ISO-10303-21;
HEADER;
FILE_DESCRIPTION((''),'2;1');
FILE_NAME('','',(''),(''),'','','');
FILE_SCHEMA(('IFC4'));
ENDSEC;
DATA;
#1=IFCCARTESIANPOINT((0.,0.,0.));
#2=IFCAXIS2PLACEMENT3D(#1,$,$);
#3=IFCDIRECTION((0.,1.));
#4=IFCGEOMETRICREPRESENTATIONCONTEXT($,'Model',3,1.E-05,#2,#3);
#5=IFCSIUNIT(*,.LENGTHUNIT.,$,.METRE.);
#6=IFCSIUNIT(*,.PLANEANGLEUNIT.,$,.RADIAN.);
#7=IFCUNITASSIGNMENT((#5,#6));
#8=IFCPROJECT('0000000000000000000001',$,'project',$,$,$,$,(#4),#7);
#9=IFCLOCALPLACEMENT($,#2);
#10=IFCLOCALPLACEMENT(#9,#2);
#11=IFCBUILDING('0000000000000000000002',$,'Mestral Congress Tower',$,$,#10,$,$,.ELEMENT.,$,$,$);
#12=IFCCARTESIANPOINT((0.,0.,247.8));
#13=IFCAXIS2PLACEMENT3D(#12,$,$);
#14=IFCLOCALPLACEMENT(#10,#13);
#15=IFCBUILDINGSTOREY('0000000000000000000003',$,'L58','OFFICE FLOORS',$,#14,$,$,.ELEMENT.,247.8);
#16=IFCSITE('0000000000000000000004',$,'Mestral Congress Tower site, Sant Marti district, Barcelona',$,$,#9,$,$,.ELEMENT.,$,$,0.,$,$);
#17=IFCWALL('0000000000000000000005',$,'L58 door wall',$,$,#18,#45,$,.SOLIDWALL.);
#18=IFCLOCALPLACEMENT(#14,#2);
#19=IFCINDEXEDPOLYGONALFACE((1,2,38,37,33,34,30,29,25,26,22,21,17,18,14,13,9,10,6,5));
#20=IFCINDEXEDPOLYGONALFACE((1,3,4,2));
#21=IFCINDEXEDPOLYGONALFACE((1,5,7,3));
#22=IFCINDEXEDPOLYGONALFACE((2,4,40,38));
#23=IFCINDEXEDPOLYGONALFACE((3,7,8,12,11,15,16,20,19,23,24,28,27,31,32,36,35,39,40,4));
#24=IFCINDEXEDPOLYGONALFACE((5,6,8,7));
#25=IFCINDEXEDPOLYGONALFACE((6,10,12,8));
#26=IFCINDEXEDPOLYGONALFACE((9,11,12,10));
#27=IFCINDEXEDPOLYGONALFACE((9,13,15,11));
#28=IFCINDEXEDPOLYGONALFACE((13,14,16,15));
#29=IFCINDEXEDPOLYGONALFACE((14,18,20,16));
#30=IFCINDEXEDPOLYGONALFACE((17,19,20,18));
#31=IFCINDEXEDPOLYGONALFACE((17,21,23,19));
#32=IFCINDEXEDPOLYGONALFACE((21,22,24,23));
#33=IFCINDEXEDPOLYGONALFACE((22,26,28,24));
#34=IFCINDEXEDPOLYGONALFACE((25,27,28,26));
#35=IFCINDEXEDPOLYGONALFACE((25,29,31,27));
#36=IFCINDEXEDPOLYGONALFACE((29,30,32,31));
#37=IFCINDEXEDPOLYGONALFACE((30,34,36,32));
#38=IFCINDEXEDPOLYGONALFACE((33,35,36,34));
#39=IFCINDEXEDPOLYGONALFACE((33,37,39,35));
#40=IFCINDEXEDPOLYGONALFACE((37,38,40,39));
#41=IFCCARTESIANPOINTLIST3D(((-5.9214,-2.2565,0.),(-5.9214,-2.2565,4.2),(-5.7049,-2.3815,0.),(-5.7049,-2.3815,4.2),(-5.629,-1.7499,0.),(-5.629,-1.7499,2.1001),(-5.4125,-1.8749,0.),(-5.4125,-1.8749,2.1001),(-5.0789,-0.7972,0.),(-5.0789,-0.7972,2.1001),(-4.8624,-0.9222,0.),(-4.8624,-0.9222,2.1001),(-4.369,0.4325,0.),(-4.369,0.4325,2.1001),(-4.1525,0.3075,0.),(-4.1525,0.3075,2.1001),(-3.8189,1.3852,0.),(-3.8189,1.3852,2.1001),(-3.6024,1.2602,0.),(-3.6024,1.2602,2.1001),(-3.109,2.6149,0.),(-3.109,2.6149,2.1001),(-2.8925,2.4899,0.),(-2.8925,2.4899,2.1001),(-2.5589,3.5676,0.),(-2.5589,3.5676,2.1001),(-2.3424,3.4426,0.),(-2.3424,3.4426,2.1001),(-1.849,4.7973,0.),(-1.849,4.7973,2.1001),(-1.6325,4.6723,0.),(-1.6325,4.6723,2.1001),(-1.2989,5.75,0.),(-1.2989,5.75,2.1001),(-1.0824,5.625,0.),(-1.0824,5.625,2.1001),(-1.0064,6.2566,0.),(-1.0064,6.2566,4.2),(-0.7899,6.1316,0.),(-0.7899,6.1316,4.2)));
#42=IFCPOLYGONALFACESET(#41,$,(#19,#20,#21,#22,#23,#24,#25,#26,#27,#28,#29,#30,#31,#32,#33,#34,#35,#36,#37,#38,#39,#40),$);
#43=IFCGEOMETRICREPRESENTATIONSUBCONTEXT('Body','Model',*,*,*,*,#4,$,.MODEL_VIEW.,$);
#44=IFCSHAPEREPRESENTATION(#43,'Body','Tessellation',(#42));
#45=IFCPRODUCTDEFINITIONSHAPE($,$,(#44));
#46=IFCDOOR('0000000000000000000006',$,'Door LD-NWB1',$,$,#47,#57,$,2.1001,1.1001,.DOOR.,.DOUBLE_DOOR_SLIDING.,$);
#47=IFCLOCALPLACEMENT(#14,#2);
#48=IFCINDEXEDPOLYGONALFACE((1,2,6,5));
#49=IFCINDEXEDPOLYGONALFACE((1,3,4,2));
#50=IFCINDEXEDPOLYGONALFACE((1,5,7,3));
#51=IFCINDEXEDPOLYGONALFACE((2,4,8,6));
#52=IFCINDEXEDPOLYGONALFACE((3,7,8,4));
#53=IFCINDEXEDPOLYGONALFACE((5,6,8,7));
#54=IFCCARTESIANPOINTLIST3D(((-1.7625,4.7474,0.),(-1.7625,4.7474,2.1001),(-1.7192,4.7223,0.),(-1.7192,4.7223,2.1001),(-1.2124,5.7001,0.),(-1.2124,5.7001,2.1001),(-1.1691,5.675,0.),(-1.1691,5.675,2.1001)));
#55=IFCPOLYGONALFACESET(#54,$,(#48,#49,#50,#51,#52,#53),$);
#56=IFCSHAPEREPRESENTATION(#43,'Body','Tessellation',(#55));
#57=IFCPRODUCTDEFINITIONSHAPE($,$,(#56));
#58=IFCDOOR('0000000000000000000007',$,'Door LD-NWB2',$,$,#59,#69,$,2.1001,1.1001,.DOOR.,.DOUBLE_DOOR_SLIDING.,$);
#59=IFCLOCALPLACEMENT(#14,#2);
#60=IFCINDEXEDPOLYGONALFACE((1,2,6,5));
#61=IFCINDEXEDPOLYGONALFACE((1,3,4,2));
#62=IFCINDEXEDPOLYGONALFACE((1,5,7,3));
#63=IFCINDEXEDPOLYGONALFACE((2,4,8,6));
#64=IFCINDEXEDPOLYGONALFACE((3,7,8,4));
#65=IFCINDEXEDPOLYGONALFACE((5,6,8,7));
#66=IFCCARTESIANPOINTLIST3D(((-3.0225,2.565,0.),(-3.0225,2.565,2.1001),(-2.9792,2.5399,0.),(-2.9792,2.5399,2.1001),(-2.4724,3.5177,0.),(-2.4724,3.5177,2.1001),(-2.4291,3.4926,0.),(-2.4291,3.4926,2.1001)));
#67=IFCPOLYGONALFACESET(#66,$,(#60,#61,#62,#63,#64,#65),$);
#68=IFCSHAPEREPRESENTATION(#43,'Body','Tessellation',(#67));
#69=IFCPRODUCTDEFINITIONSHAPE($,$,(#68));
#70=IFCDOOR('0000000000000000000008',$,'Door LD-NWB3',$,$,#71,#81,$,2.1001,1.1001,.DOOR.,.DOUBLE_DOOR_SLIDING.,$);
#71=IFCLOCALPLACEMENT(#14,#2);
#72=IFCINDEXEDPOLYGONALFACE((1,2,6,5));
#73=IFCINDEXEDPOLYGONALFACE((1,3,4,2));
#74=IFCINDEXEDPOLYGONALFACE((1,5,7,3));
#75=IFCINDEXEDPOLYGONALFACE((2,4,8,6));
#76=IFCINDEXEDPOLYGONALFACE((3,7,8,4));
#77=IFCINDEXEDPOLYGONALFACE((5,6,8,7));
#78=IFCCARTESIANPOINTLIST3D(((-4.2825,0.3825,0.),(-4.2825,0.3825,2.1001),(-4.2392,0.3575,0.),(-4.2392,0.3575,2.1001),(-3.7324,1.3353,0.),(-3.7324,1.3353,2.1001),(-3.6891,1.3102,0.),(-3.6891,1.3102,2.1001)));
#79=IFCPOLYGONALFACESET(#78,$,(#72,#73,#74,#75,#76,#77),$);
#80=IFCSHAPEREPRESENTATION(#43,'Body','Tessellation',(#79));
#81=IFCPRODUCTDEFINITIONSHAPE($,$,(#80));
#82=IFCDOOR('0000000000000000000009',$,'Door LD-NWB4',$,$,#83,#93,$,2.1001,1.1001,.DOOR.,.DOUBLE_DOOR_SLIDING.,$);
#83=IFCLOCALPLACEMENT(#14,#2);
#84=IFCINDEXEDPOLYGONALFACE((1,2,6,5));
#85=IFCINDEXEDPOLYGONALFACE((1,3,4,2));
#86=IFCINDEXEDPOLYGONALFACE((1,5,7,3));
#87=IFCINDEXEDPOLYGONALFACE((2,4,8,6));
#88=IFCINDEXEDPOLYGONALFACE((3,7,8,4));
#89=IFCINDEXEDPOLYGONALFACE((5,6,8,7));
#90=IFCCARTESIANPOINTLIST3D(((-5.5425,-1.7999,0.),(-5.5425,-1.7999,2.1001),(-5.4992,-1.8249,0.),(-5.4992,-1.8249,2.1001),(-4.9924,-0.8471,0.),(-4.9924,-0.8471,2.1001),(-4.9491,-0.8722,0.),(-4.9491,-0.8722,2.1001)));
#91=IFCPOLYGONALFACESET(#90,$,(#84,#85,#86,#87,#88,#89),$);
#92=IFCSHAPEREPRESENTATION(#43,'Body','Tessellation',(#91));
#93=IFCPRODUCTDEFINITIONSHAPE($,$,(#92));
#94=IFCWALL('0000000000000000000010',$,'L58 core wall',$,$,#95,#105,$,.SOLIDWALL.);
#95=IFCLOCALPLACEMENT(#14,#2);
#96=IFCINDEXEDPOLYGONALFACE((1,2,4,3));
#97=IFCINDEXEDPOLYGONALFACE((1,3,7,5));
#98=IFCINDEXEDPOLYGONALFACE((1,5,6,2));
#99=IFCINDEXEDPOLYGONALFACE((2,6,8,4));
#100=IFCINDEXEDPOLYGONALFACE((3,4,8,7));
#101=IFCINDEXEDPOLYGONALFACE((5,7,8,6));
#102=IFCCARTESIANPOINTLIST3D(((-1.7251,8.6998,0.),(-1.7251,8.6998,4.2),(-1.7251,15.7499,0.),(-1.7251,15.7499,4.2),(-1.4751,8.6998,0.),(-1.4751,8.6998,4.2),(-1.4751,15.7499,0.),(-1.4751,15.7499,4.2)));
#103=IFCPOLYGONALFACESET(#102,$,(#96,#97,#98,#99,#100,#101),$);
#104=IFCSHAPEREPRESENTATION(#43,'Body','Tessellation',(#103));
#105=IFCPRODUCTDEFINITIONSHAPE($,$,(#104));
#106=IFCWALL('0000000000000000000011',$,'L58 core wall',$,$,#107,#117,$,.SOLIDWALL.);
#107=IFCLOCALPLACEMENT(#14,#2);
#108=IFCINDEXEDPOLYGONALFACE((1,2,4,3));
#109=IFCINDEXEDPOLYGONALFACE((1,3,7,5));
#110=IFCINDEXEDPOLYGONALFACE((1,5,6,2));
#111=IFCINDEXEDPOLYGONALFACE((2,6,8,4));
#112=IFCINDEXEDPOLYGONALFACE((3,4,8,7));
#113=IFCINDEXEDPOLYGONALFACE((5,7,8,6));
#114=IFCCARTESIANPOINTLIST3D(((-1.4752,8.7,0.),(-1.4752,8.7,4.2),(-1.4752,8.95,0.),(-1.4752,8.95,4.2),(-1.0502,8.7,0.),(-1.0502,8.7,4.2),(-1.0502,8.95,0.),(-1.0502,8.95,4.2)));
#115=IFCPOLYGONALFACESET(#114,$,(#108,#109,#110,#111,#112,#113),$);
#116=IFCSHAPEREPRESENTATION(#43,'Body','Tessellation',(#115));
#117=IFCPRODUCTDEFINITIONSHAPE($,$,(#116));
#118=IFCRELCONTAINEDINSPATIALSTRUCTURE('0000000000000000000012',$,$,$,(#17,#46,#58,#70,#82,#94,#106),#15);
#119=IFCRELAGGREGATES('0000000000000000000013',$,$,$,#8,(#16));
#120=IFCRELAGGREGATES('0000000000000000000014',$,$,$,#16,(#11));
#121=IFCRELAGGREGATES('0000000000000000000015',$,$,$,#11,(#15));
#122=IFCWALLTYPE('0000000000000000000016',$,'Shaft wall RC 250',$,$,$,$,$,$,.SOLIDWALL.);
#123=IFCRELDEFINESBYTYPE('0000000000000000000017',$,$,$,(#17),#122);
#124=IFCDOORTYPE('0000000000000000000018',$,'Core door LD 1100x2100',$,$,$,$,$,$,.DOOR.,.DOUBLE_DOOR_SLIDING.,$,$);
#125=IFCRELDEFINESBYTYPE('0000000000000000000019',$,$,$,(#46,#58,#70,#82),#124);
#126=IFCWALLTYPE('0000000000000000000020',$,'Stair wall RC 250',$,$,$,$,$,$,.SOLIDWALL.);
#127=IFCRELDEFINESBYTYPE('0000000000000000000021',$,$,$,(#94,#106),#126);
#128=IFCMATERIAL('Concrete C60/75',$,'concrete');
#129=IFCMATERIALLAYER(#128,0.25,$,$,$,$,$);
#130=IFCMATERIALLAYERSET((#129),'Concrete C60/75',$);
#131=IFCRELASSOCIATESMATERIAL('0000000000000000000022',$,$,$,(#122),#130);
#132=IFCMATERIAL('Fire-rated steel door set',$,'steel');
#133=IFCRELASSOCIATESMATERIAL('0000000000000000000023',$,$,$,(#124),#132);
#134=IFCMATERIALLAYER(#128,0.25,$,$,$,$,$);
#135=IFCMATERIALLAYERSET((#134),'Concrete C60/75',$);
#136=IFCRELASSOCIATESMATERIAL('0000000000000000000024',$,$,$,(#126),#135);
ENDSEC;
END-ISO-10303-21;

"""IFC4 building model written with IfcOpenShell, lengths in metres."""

from ifc_helpers import new_model, si_unit, direction, frame, frame_2d, origin, place, context, subcontext, project, spatial, rectangle, extrude, material, layer, layer_set, type_object, element, fill, save


model = new_model("IFC4")

# Units and contexts
model_context = context("Model", 3, precision=1e-05, world=origin(), true_north=direction((0.0, 1.0)))
body_context = subcontext(model_context, "Body", "Model", "MODEL_VIEW")
ifc_project = project(units=[si_unit("LENGTHUNIT", "METRE"), si_unit("PLANEANGLEUNIT", "RADIAN")], contexts=[model_context])

# Site, building, storey
site_placement = place(None, origin())
site = spatial("IfcSite", under=ifc_project, at=site_placement, Name="Mestral Congress Tower site, Sant Marti district, Barcelona", CompositionType="ELEMENT", RefElevation=0.0)
building_placement = place(site_placement, origin())
building = spatial("IfcBuilding", under=site, at=building_placement, Name="Mestral Congress Tower", CompositionType="ELEMENT")
storey_placement = place(building_placement, frame((0.0, 0.0, 247.8)))
storey = spatial("IfcBuildingStorey", under=building, at=storey_placement, Name="L58", Description="OFFICE FLOORS", CompositionType="ELEMENT", Elevation=247.8)

# Shared definitions
ifc_material_1 = material(Name="Concrete C60/75", Category="concrete")

# Shared definitions
ifc_material_2 = material(Name="Fire-rated steel door set", Category="steel")

# Shared definitions
ifc_layer_1 = layer(ifc_material_1, 0.25)
ifc_layer_set_1 = layer_set([ifc_layer_1], Name="Concrete C60/75")
wall_type_1 = type_object("IfcWallType", Name="Shaft wall RC 250", PredefinedType="SOLIDWALL", material=ifc_layer_set_1)

# Wall, openings, doors
wall_1_placement = place(storey_placement, frame((-0.8982, 6.1941, 0.0), z_axis=(0.0, 0.0, 1.0), x_axis=(-0.499996, -0.866028, 0.0)))
wall_1 = element("IfcWall", 1, at=wall_1_placement, inside=storey, type_object=wall_type_1, Name="L58 door wall", PredefinedType="SOLIDWALL", context=body_context, shape_type="SweptSolid", body=[
    extrude(rectangle(XDim=9.8301, YDim=0.25, at=frame_2d((4.915, 0.0))), origin(), (0.0, 0.0, 1.0), 4.2),
])
opening_1_placement = place(wall_1_placement, frame((0.585, 0.0, 0.0)))
opening_1 = element("IfcOpeningElement", 2, at=opening_1_placement, cuts=wall_1, PredefinedType="OPENING", context=body_context, shape_type="SweptSolid", body=[
    extrude(rectangle(XDim=1.1001, YDim=2.1001, at=frame_2d((0.55, 1.05))), frame((0.0, 0.135, 0.0), z_axis=(0.0, -1.0, 0.0), x_axis=(1.0, 0.0, 0.0)), (0.0, 0.0, 1.0), 0.27),
])
opening_2_placement = place(wall_1_placement, frame((3.105, 0.0, 0.0)))
opening_2 = element("IfcOpeningElement", 3, at=opening_2_placement, cuts=wall_1, PredefinedType="OPENING", context=body_context, shape_type="SweptSolid", body=[
    extrude(rectangle(XDim=1.1001, YDim=2.1001, at=frame_2d((0.55, 1.05))), frame((0.0, 0.135, 0.0), z_axis=(0.0, -1.0, 0.0), x_axis=(1.0, 0.0, 0.0)), (0.0, 0.0, 1.0), 0.27),
])
opening_3_placement = place(wall_1_placement, frame((5.625, 0.0, 0.0)))
opening_3 = element("IfcOpeningElement", 4, at=opening_3_placement, cuts=wall_1, PredefinedType="OPENING", context=body_context, shape_type="SweptSolid", body=[
    extrude(rectangle(XDim=1.1001, YDim=2.1001, at=frame_2d((0.55, 1.05))), frame((0.0, 0.135, 0.0), z_axis=(0.0, -1.0, 0.0), x_axis=(1.0, 0.0, 0.0)), (0.0, 0.0, 1.0), 0.27),
])
opening_4_placement = place(wall_1_placement, frame((8.145, 0.0, 0.0)))
opening_4 = element("IfcOpeningElement", 5, at=opening_4_placement, cuts=wall_1, PredefinedType="OPENING", context=body_context, shape_type="SweptSolid", body=[
    extrude(rectangle(XDim=1.1001, YDim=2.1001, at=frame_2d((0.55, 1.05))), frame((0.0, 0.135, 0.0), z_axis=(0.0, -1.0, 0.0), x_axis=(1.0, 0.0, 0.0)), (0.0, 0.0, 1.0), 0.27),
])
door_type_1 = type_object("IfcDoorType", Name="Core door LD 1100x2100", OperationType="DOUBLE_DOOR_SLIDING", PredefinedType="DOOR", material=ifc_material_2)
door_1_placement = place(opening_1_placement, origin())
door_1 = element("IfcDoor", 6, at=door_1_placement, inside=storey, type_object=door_type_1, Name="Door LD-NWB1", OperationType="DOUBLE_DOOR_SLIDING", OverallHeight=2.1001, OverallWidth=1.1001, PredefinedType="DOOR", context=body_context, shape_type="SweptSolid", body=[
    extrude(rectangle(XDim=1.1001, YDim=2.1001, at=frame_2d((0.55, 1.05))), frame((0.0, 0.0249, 0.0), z_axis=(0.0, -1.0, 0.0), x_axis=(1.0, 0.0, 0.0)), (0.0, 0.0, 1.0), 0.05),
])
fill(opening_1, door_1)
door_2_placement = place(opening_2_placement, origin())
door_2 = element("IfcDoor", 7, at=door_2_placement, inside=storey, type_object=door_type_1, Name="Door LD-NWB2", OperationType="DOUBLE_DOOR_SLIDING", OverallHeight=2.1001, OverallWidth=1.1001, PredefinedType="DOOR", context=body_context, shape_type="SweptSolid", body=[
    extrude(rectangle(XDim=1.1001, YDim=2.1001, at=frame_2d((0.55, 1.05))), frame((0.0, 0.0249, 0.0), z_axis=(0.0, -1.0, 0.0), x_axis=(1.0, 0.0, 0.0)), (0.0, 0.0, 1.0), 0.05),
])
fill(opening_2, door_2)
door_3_placement = place(opening_3_placement, origin())
door_3 = element("IfcDoor", 8, at=door_3_placement, inside=storey, type_object=door_type_1, Name="Door LD-NWB3", OperationType="DOUBLE_DOOR_SLIDING", OverallHeight=2.1001, OverallWidth=1.1001, PredefinedType="DOOR", context=body_context, shape_type="SweptSolid", body=[
    extrude(rectangle(XDim=1.1001, YDim=2.1001, at=frame_2d((0.55, 1.05))), frame((0.0, 0.0249, 0.0), z_axis=(0.0, -1.0, 0.0), x_axis=(1.0, 0.0, 0.0)), (0.0, 0.0, 1.0), 0.05),
])
fill(opening_3, door_3)
door_4_placement = place(opening_4_placement, origin())
door_4 = element("IfcDoor", 9, at=door_4_placement, inside=storey, type_object=door_type_1, Name="Door LD-NWB4", OperationType="DOUBLE_DOOR_SLIDING", OverallHeight=2.1001, OverallWidth=1.1001, PredefinedType="DOOR", context=body_context, shape_type="SweptSolid", body=[
    extrude(rectangle(XDim=1.1001, YDim=2.1001, at=frame_2d((0.55, 1.05))), frame((0.0, 0.0249, 0.0), z_axis=(0.0, -1.0, 0.0), x_axis=(1.0, 0.0, 0.0)), (0.0, 0.0, 1.0), 0.05),
])
fill(opening_4, door_4)

# Walls
ifc_layer_2 = layer(ifc_material_1, 0.25)
ifc_layer_set_2 = layer_set([ifc_layer_2], Name="Concrete C60/75")
wall_type_2 = type_object("IfcWallType", Name="Stair wall RC 250", PredefinedType="SOLIDWALL", material=ifc_layer_set_2)
wall_2_placement = place(storey_placement, frame((-1.6001, 8.7, 0.0), z_axis=(0.0, 0.0, 1.0), x_axis=(0.0, 1.0, 0.0)))
element("IfcWall", 10, at=wall_2_placement, inside=storey, type_object=wall_type_2, Name="L58 core wall", PredefinedType="SOLIDWALL", context=body_context, shape_type="SweptSolid", body=[
    extrude(rectangle(XDim=7.05, YDim=0.25, at=frame_2d((3.5249, 0.0))), origin(), (0.0, 0.0, 1.0), 4.2),
])
wall_3_placement = place(storey_placement, frame((-1.4751, 8.825, 0.0), z_axis=(0.0, 0.0, 1.0), x_axis=(1.0, 0.0, 0.0)))
element("IfcWall", 11, at=wall_3_placement, inside=storey, type_object=wall_type_2, Name="L58 core wall", PredefinedType="SOLIDWALL", context=body_context, shape_type="SweptSolid", body=[
    extrude(rectangle(XDim=0.425, YDim=0.25, at=frame_2d((0.2124, 0.0))), origin(), (0.0, 0.0, 1.0), 4.2),
])

save(model, "model.ifc")
